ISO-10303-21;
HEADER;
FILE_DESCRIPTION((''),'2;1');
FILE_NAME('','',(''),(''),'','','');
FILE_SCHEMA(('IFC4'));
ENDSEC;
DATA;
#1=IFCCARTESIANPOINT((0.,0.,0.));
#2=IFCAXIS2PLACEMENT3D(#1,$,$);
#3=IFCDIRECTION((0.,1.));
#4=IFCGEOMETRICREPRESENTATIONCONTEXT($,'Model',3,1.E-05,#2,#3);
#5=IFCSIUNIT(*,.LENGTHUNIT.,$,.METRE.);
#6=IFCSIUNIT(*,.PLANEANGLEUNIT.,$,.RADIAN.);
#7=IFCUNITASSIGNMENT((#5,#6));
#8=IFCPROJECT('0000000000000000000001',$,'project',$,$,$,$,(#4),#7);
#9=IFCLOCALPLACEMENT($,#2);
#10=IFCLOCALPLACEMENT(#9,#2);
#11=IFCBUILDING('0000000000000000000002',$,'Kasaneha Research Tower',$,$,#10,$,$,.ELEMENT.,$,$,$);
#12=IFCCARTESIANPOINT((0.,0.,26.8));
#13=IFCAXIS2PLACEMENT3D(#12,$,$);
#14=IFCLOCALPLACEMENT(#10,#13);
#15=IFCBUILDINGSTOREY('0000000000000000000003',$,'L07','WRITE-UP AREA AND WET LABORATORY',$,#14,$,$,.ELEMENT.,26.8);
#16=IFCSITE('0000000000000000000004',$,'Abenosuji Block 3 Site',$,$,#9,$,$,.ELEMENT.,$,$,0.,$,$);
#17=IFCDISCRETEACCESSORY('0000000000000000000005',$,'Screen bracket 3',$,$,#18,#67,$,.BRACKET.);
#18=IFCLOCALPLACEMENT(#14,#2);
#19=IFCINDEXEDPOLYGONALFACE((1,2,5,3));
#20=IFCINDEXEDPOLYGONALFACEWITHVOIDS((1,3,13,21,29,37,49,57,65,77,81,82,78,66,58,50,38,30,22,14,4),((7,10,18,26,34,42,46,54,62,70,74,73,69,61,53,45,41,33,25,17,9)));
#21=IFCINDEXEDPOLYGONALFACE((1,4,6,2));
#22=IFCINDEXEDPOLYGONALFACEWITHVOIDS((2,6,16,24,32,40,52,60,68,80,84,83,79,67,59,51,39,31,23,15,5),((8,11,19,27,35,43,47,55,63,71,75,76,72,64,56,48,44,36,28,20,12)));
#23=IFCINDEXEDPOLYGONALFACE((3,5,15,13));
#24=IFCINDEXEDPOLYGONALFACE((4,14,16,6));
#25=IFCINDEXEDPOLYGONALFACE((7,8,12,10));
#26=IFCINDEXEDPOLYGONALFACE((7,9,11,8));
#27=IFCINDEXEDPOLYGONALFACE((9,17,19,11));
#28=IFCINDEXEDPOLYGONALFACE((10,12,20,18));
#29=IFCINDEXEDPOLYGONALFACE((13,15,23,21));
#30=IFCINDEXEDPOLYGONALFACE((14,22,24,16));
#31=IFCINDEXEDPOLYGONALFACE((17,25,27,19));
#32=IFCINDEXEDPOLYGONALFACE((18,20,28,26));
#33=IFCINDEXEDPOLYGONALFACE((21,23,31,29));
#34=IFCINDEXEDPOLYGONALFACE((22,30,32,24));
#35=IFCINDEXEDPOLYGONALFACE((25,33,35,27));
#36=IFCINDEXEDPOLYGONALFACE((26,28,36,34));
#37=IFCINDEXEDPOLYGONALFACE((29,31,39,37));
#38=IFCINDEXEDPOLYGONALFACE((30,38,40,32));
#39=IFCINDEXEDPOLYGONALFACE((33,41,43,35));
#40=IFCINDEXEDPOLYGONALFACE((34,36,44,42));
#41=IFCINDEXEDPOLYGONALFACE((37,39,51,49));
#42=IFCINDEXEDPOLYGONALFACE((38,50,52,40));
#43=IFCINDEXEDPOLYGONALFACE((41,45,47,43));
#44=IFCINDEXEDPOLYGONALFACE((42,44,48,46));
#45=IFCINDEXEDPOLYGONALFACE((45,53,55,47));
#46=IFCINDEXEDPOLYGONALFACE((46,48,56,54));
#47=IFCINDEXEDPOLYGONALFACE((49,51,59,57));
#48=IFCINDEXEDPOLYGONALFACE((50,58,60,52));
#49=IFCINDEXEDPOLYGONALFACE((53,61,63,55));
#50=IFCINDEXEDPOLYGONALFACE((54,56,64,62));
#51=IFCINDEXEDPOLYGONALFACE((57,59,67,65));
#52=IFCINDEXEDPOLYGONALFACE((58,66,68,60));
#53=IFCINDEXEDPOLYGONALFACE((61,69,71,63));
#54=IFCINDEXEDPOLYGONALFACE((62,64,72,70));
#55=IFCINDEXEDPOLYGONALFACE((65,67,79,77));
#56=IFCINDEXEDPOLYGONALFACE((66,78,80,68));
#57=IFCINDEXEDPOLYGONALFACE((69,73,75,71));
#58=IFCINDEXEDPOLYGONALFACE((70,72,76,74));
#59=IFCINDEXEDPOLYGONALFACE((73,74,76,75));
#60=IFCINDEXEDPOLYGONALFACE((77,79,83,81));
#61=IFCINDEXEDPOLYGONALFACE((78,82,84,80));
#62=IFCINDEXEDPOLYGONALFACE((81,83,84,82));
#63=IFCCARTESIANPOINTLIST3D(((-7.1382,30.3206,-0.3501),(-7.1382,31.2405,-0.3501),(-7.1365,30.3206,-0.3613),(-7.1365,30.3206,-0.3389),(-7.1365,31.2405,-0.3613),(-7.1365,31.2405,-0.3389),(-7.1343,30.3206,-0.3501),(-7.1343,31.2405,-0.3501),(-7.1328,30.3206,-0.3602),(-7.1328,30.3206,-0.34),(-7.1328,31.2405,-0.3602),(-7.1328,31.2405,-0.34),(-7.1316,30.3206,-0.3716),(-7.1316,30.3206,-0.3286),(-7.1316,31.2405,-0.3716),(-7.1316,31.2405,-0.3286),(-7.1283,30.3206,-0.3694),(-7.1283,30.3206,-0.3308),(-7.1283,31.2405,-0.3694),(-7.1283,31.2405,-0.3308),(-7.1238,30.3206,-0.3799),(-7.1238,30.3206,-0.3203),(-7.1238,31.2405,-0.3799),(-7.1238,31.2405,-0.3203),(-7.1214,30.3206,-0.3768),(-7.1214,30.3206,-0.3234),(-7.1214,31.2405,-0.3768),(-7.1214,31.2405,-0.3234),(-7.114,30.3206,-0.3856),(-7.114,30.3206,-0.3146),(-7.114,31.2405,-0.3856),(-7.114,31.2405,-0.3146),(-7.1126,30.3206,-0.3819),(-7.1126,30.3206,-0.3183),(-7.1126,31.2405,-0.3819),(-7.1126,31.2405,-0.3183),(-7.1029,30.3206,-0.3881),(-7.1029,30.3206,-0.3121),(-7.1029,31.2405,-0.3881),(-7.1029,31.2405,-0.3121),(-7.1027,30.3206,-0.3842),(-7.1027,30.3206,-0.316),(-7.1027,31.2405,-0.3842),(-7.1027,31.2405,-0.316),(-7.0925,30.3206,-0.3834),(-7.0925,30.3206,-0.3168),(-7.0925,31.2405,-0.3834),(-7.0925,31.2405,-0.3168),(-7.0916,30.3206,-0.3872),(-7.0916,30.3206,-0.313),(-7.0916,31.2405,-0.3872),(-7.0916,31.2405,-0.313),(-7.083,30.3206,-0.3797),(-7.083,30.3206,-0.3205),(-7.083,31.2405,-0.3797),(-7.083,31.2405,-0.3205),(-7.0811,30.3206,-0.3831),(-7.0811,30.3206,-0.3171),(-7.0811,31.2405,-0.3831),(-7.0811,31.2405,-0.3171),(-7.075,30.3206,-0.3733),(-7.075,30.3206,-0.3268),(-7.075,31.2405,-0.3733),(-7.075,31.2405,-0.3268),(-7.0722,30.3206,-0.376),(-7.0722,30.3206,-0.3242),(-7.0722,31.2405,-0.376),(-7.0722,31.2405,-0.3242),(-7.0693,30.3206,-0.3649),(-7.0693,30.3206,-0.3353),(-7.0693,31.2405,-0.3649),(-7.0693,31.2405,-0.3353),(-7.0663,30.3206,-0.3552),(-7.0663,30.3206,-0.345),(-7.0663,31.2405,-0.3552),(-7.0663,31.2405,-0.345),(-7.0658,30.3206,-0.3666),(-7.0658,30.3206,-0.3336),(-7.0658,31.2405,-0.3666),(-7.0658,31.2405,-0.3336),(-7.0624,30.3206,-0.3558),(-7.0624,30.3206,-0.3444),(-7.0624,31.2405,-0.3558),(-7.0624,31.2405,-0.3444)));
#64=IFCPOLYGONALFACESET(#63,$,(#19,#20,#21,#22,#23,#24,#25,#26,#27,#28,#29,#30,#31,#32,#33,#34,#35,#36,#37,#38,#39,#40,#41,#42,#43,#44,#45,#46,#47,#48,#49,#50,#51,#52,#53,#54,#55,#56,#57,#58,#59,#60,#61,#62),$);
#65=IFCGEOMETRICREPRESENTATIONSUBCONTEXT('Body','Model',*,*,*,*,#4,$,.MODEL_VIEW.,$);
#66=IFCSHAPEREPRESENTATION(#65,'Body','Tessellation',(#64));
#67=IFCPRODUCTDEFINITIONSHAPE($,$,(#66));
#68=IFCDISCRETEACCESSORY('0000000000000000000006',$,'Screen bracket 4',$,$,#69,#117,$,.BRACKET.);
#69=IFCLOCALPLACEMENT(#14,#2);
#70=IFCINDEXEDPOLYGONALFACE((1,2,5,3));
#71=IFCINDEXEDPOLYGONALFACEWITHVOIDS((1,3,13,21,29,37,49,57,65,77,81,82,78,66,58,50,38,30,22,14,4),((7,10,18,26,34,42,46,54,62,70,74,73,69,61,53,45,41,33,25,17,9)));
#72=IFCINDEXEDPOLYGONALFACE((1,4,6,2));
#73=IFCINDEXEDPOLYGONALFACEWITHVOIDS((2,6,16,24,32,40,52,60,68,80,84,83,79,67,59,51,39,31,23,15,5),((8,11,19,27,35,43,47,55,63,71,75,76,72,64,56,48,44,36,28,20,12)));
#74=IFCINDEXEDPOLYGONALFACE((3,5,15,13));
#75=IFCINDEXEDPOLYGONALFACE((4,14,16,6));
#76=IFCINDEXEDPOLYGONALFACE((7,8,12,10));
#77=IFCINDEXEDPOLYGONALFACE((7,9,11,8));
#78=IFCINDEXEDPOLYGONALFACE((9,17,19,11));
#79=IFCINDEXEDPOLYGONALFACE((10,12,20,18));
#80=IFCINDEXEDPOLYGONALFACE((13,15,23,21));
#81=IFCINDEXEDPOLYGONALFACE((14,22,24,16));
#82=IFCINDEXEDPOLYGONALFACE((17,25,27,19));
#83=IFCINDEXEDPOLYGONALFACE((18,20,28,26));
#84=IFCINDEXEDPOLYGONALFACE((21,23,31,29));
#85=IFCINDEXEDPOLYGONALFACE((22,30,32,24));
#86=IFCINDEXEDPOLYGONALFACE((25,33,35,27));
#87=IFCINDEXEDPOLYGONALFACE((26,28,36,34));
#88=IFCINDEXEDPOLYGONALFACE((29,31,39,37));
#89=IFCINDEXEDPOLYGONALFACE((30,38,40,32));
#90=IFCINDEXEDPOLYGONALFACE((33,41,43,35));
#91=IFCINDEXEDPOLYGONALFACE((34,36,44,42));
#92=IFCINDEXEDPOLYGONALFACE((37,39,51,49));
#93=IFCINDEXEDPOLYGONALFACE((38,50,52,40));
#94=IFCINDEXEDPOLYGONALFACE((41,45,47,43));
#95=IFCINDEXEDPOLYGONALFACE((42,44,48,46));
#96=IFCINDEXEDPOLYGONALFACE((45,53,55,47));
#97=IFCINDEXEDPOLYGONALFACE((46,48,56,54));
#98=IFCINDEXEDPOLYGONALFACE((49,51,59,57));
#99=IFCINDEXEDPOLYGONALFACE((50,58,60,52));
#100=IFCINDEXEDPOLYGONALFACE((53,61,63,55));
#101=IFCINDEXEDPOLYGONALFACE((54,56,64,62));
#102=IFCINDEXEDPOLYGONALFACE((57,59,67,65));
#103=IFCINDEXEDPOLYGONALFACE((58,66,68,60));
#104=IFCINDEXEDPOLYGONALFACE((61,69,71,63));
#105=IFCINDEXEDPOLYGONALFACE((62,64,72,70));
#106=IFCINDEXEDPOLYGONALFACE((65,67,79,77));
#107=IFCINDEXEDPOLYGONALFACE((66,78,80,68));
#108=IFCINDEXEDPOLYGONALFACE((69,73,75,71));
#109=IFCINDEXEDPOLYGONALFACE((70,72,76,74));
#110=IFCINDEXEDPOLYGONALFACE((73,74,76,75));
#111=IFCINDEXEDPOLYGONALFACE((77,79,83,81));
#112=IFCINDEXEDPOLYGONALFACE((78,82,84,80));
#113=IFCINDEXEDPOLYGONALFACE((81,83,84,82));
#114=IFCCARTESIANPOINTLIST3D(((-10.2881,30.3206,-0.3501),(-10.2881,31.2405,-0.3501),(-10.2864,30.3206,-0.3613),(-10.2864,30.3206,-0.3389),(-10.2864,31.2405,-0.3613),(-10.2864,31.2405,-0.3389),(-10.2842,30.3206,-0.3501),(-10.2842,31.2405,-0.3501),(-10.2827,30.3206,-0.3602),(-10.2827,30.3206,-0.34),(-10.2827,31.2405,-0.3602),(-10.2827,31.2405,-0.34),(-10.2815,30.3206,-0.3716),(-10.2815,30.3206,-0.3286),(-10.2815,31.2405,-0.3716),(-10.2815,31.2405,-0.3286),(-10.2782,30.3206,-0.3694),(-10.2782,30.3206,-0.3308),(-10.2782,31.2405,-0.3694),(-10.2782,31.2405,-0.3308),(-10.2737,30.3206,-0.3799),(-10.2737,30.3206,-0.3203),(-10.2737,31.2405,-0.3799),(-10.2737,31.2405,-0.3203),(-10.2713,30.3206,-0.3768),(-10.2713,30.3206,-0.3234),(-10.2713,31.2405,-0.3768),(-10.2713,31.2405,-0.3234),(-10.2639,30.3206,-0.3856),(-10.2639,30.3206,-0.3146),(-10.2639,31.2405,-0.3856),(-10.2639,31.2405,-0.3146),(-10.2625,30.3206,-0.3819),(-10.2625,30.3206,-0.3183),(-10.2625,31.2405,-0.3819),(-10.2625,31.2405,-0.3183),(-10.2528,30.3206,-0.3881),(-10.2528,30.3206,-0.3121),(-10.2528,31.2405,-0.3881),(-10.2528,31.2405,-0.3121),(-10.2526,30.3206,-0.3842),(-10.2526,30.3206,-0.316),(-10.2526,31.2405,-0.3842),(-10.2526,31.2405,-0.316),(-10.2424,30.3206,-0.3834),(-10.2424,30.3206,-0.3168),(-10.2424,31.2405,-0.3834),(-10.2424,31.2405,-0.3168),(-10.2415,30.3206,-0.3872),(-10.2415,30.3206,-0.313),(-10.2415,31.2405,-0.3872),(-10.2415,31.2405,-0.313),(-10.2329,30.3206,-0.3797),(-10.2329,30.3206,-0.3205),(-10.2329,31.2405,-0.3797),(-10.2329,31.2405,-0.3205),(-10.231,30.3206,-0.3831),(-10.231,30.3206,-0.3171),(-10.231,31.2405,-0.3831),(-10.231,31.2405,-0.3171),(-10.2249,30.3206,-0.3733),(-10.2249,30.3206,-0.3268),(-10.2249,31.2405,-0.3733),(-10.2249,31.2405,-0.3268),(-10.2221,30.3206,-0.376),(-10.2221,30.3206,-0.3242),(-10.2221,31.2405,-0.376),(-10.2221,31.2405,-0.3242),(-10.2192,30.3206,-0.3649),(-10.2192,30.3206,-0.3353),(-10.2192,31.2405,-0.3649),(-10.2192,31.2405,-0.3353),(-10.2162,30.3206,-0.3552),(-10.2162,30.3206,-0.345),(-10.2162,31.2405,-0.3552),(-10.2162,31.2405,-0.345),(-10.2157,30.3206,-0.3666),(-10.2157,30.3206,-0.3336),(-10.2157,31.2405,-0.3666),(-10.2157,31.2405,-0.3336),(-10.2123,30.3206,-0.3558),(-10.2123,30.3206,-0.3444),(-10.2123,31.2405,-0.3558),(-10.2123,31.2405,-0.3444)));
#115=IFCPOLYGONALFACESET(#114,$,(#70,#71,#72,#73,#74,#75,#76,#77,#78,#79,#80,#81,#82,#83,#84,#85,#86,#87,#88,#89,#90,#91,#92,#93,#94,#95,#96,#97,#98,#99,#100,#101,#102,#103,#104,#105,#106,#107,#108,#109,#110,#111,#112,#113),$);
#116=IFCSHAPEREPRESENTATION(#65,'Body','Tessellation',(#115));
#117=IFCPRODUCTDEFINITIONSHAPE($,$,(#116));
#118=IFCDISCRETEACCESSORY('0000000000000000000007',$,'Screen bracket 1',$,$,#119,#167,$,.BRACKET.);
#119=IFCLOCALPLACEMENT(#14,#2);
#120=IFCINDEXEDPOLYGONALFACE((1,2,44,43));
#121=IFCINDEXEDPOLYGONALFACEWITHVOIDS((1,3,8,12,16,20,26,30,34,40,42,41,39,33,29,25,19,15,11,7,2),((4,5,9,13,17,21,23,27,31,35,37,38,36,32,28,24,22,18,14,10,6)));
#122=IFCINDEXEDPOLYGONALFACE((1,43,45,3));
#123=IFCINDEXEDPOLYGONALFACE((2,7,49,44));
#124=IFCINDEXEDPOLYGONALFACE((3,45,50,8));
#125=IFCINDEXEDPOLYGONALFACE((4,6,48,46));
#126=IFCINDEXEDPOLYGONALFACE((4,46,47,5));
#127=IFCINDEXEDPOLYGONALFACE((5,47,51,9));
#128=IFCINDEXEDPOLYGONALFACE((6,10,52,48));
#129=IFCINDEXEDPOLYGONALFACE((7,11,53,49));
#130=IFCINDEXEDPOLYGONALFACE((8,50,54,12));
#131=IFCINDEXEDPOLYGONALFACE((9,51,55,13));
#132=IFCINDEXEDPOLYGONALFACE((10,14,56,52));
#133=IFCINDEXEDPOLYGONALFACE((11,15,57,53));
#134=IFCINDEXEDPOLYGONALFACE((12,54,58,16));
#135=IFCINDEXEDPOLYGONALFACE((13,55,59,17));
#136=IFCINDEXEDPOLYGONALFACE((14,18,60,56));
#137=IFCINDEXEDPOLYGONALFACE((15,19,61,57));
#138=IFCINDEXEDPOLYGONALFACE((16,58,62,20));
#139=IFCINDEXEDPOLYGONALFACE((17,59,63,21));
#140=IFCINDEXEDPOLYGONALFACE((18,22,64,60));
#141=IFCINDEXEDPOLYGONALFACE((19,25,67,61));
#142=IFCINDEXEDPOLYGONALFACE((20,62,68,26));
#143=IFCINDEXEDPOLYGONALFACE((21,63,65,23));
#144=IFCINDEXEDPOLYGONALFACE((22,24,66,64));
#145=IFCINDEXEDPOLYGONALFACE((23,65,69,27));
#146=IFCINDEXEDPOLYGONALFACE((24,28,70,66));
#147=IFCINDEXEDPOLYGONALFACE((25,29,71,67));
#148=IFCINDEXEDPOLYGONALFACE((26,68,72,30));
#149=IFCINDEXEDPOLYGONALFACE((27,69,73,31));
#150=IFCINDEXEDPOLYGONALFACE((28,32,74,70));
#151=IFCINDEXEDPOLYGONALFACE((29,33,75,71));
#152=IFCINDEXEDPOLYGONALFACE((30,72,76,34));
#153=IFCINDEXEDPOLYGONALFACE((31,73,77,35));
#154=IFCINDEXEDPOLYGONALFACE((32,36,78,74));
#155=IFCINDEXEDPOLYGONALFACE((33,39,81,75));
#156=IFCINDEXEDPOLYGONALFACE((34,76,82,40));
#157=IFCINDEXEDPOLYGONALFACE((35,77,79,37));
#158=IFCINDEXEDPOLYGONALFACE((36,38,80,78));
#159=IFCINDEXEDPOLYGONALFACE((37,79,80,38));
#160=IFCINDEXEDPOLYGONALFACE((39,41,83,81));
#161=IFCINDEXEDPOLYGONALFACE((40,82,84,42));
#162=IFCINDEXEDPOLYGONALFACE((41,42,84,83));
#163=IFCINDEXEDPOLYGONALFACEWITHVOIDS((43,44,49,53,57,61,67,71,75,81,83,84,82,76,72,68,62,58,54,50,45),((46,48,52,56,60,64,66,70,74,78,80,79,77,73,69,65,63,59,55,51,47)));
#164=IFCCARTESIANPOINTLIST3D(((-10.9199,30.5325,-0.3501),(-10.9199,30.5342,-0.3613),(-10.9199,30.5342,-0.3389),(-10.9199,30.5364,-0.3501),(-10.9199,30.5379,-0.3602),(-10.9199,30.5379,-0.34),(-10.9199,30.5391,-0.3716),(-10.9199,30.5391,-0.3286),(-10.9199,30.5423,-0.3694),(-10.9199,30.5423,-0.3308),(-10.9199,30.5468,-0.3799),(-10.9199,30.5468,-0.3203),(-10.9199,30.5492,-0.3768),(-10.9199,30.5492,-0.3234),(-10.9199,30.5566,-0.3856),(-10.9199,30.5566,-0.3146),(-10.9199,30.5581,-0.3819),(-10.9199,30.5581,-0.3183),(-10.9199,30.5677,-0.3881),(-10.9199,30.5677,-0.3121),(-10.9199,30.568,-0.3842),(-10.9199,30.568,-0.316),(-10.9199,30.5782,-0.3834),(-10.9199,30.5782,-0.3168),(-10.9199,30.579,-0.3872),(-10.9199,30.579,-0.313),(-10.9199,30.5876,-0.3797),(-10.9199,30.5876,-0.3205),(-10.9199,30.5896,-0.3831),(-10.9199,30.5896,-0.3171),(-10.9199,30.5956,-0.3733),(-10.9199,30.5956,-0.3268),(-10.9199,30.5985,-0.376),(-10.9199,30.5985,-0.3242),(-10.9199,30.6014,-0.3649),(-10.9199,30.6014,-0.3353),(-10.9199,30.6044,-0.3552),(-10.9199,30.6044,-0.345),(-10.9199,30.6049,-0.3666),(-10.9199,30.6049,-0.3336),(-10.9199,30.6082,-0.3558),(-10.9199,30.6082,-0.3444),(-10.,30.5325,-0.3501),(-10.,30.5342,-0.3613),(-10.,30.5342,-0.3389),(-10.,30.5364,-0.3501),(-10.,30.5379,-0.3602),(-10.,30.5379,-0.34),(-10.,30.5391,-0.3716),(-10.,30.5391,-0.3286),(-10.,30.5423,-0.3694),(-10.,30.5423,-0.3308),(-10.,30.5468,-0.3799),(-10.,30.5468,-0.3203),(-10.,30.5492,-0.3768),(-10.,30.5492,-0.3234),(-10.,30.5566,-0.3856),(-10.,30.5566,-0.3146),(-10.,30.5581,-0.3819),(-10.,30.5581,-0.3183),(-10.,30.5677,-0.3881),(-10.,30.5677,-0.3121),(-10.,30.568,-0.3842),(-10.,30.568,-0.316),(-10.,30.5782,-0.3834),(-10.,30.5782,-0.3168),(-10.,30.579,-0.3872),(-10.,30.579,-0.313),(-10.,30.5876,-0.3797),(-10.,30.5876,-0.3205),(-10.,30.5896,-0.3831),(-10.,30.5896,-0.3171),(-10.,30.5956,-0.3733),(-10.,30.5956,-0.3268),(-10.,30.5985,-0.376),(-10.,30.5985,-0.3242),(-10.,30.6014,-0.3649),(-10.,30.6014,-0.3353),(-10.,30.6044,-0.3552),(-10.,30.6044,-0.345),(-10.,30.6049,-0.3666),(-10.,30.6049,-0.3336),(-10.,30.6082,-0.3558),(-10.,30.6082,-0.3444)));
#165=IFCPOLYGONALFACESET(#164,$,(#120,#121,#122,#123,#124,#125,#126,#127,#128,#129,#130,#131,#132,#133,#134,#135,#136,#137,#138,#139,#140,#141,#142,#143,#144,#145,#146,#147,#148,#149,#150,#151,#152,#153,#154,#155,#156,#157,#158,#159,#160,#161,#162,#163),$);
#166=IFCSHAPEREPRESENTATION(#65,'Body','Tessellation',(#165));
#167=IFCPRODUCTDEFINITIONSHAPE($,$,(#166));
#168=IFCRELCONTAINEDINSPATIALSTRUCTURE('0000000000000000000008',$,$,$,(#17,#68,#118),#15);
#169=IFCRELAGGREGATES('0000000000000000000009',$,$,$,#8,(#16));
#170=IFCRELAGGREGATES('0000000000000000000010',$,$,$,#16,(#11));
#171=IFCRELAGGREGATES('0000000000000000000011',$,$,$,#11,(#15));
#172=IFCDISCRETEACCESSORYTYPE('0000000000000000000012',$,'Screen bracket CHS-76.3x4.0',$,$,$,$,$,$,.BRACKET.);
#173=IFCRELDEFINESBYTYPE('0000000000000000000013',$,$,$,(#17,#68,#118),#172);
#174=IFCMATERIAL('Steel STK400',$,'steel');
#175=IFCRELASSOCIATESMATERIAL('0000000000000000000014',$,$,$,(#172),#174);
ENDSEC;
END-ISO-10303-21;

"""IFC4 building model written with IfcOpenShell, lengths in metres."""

from ifc_helpers import new_model, si_unit, direction, frame, origin, origin_2d, place, context, subcontext, project, spatial, hollow_circle, extrude, material, material_profile, profile_set, type_object, element, save


model = new_model("IFC4")

# Units and contexts
model_context = context("Model", 3, precision=1e-05, world=origin(), true_north=direction((0.0, 1.0)))
body_context = subcontext(model_context, "Body", "Model", "MODEL_VIEW")
ifc_project = project(units=[si_unit("LENGTHUNIT", "METRE"), si_unit("PLANEANGLEUNIT", "RADIAN")], contexts=[model_context])

# Site, building, storey
site_placement = place(None, origin())
site = spatial("IfcSite", under=ifc_project, at=site_placement, Name="Abenosuji Block 3 Site", CompositionType="ELEMENT", RefElevation=0.0)
building_placement = place(site_placement, origin())
building = spatial("IfcBuilding", under=site, at=building_placement, Name="Kasaneha Research Tower", CompositionType="ELEMENT")
storey_placement = place(building_placement, frame((0.0, 0.0, 26.8)))
storey = spatial("IfcBuildingStorey", under=building, at=storey_placement, Name="L07", Description="WRITE-UP AREA AND WET LABORATORY", CompositionType="ELEMENT", Elevation=26.8)

# Discrete accessories
ifc_material_1 = material(Name="Steel STK400", Category="steel")
ifc_material_profile_1 = material_profile(ifc_material_1, hollow_circle(Radius=0.0381, WallThickness=0.0039, at=origin_2d()), Name="CHS-76.3x4.0")
ifc_profile_set_1 = profile_set([ifc_material_profile_1], Name="Steel STK400")
discrete_accessory_type = type_object("IfcDiscreteAccessoryType", Name="Screen bracket CHS-76.3x4.0", PredefinedType="BRACKET", material=ifc_profile_set_1)
for number, where, z_axis, x_axis, name in (
    (1, (-7.1001, 30.3206, -0.3501), (0.0, 1.0, 0.0), (-1.0, 0.0, 0.0), "Screen bracket 3"),
    (2, (-10.25, 30.3206, -0.3501), (0.0, 1.0, 0.0), (-1.0, 0.0, 0.0), "Screen bracket 4"),
    (3, (-10.0, 30.5706, -0.3501), (-1.0, 0.0, 0.0), (0.0, -1.0, 0.0), "Screen bracket 1"),
):
    element("IfcDiscreteAccessory", number, at=place(storey_placement, frame(where, z_axis=z_axis, x_axis=x_axis)), inside=storey, type_object=discrete_accessory_type, Name=name, PredefinedType="BRACKET", context=body_context, shape_type="SweptSolid", body=[
        extrude(hollow_circle(Radius=0.0381, WallThickness=0.0039, at=origin_2d()), origin(), (0.0, 0.0, 1.0), 0.9199),
    ])

save(model, "model.ifc")
